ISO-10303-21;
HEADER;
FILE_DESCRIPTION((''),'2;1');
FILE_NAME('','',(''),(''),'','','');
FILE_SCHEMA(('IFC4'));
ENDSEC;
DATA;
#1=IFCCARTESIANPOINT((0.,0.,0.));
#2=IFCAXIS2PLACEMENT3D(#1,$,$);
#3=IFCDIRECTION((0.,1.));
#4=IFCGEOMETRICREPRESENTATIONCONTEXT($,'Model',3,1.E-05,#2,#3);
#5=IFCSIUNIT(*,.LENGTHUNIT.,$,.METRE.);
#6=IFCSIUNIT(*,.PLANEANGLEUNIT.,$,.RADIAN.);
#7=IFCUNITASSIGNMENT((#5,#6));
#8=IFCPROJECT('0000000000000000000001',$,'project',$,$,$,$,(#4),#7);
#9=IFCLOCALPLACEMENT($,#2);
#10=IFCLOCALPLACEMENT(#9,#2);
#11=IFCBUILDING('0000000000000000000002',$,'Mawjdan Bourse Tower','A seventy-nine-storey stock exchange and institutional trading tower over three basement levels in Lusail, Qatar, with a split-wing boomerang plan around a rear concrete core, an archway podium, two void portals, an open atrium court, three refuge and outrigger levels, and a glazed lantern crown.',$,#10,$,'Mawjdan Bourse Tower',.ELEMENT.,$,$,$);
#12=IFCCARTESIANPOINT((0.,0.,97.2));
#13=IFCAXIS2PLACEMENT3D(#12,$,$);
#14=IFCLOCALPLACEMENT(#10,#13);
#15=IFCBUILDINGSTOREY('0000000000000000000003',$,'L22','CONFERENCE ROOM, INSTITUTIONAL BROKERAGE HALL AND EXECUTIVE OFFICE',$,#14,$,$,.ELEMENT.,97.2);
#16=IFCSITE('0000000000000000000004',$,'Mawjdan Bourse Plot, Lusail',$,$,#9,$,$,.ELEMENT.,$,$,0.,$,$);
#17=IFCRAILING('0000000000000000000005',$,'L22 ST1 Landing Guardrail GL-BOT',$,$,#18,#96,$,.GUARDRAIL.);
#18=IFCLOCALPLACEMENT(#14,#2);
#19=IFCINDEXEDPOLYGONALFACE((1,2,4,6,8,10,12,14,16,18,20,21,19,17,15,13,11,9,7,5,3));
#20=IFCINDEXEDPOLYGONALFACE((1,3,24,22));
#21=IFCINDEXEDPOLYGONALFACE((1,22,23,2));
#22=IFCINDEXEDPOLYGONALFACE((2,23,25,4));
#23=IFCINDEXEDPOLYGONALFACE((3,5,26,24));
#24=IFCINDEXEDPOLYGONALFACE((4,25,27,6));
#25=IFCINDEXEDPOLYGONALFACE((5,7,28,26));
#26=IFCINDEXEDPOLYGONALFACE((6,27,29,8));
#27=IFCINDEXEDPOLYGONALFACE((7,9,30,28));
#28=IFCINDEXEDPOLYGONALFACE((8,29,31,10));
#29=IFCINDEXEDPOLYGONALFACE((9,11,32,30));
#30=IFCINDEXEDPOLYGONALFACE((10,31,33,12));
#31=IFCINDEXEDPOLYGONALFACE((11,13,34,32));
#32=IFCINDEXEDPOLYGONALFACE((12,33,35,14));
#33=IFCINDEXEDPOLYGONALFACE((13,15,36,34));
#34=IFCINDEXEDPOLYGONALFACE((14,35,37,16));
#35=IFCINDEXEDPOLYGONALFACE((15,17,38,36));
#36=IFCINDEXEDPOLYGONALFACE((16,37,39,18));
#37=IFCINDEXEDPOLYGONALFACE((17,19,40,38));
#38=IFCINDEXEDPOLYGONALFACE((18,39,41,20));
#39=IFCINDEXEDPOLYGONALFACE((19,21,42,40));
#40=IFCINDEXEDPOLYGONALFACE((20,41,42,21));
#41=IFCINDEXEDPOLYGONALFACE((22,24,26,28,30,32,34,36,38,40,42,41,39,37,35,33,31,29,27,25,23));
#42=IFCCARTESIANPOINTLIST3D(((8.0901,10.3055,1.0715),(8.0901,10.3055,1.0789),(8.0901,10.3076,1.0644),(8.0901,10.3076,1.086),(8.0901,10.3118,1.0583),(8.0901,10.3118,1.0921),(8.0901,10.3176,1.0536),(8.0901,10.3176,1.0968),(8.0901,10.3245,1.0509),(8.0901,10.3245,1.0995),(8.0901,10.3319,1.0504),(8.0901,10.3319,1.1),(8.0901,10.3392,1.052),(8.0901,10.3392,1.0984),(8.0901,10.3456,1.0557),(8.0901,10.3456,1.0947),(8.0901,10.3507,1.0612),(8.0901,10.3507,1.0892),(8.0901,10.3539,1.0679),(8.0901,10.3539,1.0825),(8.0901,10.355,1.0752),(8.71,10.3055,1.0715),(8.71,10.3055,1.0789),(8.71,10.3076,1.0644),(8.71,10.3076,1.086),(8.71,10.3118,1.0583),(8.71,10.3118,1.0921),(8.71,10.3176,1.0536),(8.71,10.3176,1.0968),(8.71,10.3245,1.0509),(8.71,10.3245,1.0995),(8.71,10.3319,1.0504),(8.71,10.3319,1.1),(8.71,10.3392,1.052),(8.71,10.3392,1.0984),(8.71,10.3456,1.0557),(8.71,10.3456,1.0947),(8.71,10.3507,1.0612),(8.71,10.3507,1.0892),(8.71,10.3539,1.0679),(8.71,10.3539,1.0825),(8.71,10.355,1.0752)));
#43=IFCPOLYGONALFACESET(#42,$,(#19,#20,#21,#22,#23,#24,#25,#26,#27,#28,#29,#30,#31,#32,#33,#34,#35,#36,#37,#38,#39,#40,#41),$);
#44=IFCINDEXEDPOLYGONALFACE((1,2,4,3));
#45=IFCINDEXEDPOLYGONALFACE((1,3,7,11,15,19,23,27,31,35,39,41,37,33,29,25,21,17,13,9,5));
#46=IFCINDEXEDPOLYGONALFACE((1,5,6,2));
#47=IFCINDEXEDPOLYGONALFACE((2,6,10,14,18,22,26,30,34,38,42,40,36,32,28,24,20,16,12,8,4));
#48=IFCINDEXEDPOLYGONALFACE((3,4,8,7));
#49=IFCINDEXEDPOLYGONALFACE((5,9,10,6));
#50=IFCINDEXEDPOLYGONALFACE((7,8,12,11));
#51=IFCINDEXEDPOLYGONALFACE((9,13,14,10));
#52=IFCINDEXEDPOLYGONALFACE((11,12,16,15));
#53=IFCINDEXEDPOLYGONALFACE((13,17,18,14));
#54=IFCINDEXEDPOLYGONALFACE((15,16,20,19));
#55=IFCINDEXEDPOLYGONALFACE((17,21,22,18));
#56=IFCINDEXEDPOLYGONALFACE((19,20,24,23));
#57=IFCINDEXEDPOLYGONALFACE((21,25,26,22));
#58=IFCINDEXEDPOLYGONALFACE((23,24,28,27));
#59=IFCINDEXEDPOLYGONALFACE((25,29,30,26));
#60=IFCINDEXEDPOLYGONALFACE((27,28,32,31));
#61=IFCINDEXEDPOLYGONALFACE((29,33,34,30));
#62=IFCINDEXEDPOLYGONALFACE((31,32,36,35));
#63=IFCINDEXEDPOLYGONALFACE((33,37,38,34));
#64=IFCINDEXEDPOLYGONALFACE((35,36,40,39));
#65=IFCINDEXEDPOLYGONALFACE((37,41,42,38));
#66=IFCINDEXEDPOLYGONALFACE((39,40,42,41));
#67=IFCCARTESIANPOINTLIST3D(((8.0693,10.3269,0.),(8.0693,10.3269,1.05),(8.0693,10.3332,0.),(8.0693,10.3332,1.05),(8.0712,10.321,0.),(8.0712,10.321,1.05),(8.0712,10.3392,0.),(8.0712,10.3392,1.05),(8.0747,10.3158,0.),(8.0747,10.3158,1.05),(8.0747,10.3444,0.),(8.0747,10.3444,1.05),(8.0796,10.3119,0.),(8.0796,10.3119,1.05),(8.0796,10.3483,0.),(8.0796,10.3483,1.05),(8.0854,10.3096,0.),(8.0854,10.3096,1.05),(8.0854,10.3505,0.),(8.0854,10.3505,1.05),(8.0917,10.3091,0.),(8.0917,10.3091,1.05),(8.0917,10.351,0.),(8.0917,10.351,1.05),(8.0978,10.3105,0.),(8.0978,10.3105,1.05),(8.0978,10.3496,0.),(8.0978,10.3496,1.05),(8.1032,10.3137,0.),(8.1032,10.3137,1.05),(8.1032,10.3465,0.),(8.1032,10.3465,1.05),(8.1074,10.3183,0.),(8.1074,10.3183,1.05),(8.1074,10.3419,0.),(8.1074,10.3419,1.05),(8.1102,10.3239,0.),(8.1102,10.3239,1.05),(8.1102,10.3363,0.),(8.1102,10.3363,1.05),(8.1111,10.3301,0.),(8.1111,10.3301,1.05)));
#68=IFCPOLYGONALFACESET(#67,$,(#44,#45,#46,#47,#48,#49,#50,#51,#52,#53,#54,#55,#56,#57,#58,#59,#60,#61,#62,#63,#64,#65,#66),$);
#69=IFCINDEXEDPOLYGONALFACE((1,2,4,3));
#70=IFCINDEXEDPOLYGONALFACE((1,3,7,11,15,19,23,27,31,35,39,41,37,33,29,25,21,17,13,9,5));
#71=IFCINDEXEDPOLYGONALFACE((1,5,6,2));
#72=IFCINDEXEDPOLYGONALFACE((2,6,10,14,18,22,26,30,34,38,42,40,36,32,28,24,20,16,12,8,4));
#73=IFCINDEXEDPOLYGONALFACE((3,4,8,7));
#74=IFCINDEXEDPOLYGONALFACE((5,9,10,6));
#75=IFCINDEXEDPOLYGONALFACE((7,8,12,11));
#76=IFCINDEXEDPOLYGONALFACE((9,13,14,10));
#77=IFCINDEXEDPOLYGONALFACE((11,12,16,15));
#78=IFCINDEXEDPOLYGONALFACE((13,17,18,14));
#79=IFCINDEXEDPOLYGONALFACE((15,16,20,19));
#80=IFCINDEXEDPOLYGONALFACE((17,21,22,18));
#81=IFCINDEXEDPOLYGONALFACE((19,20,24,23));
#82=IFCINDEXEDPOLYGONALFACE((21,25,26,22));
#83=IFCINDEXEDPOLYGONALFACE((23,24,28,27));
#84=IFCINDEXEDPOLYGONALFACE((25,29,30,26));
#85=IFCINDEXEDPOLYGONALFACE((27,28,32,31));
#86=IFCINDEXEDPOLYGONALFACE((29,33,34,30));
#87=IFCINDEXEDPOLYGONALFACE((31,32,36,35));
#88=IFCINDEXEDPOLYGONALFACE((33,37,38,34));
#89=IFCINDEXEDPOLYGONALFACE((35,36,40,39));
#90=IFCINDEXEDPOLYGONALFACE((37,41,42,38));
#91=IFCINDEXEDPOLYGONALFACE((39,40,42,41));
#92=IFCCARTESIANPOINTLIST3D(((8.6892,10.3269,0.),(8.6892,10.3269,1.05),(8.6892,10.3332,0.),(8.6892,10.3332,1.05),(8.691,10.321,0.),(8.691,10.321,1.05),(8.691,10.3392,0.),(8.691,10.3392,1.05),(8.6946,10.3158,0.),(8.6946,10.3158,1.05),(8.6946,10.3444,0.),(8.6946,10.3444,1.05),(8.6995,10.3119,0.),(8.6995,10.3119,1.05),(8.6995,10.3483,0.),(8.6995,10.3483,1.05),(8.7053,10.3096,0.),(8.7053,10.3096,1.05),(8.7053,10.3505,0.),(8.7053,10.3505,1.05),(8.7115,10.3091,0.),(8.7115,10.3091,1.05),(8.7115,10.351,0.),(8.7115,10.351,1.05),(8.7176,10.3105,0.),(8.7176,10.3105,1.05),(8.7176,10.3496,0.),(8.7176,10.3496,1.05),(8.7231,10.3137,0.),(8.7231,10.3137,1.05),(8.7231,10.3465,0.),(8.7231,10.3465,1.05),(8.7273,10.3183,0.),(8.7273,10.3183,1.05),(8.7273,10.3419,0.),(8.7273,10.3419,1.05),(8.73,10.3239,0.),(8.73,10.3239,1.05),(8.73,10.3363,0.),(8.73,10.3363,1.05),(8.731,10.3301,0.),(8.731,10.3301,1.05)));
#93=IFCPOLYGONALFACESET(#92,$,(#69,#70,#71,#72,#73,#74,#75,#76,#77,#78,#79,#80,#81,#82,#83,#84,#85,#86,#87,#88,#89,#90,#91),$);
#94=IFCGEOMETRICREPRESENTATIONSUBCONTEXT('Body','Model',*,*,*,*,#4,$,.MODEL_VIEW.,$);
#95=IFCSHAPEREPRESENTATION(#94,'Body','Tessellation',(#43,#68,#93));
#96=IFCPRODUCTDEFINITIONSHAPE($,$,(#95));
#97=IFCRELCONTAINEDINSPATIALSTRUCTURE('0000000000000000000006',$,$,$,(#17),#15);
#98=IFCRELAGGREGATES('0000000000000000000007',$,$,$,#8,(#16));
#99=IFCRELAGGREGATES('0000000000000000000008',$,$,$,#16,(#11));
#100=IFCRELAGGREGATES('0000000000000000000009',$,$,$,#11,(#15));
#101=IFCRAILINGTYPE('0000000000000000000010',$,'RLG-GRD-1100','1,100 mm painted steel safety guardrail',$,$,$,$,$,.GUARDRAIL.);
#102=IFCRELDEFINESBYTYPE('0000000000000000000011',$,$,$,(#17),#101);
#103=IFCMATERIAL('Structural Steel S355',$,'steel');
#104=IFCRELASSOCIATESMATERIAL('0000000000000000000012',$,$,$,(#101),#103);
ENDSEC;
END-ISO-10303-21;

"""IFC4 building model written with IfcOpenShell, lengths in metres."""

from ifc_helpers import new_model, si_unit, direction, frame, origin, origin_2d, place, context, subcontext, project, spatial, circle, extrude, material, type_object, element, save


model = new_model("IFC4")

# Units and contexts
model_context = context("Model", 3, precision=1e-05, world=origin(), true_north=direction((0.0, 1.0)))
body_context = subcontext(model_context, "Body", "Model", "MODEL_VIEW")
ifc_project = project(units=[si_unit("LENGTHUNIT", "METRE"), si_unit("PLANEANGLEUNIT", "RADIAN")], contexts=[model_context])

# Site, building, storey
site_placement = place(None, origin())
site = spatial("IfcSite", under=ifc_project, at=site_placement, Name="Mawjdan Bourse Plot, Lusail", CompositionType="ELEMENT", RefElevation=0.0)
building_placement = place(site_placement, origin())
building = spatial("IfcBuilding", under=site, at=building_placement, Name="Mawjdan Bourse Tower", Description="A seventy-nine-storey stock exchange and institutional trading tower over three basement levels in Lusail, Qatar, with a split-wing boomerang plan around a rear concrete core, an archway podium, two void portals, an open atrium court, three refuge and outrigger levels, and a glazed lantern crown.", LongName="Mawjdan Bourse Tower", CompositionType="ELEMENT")
storey_placement = place(building_placement, frame((0.0, 0.0, 97.2)))
storey = spatial("IfcBuildingStorey", under=building, at=storey_placement, Name="L22", Description="CONFERENCE ROOM, INSTITUTIONAL BROKERAGE HALL AND EXECUTIVE OFFICE", CompositionType="ELEMENT", Elevation=97.2)

# Railing
ifc_material_1 = material(Name="Structural Steel S355", Category="steel")
railing_type = type_object("IfcRailingType", Name="RLG-GRD-1100", Description="1,100 mm painted steel safety guardrail", PredefinedType="GUARDRAIL", material=ifc_material_1)
for number, where, name in (
    (1, (8.0901, 10.3301, 0.0), "L22 ST1 Landing Guardrail GL-BOT"),
):
    element("IfcRailing", number, at=place(storey_placement, frame(where)), inside=storey, type_object=railing_type, Name=name, PredefinedType="GUARDRAIL", context=body_context, shape_type="SweptSolid", body=[
        extrude(circle(Radius=0.0249, at=origin_2d()), frame((0.0, 0.0, 1.0752), z_axis=(1.0, 0.0, 0.0), x_axis=(0.0, 1.0, 0.0)), (0.0, 0.0, 1.0), 0.6199),
        extrude(circle(Radius=0.021, at=origin_2d()), origin(), (0.0, 0.0, 1.0), 1.05),
        extrude(circle(Radius=0.021, at=origin_2d()), frame((0.6199, 0.0, 0.0)), (0.0, 0.0, 1.0), 1.05),
    ])

save(model, "model.ifc")
